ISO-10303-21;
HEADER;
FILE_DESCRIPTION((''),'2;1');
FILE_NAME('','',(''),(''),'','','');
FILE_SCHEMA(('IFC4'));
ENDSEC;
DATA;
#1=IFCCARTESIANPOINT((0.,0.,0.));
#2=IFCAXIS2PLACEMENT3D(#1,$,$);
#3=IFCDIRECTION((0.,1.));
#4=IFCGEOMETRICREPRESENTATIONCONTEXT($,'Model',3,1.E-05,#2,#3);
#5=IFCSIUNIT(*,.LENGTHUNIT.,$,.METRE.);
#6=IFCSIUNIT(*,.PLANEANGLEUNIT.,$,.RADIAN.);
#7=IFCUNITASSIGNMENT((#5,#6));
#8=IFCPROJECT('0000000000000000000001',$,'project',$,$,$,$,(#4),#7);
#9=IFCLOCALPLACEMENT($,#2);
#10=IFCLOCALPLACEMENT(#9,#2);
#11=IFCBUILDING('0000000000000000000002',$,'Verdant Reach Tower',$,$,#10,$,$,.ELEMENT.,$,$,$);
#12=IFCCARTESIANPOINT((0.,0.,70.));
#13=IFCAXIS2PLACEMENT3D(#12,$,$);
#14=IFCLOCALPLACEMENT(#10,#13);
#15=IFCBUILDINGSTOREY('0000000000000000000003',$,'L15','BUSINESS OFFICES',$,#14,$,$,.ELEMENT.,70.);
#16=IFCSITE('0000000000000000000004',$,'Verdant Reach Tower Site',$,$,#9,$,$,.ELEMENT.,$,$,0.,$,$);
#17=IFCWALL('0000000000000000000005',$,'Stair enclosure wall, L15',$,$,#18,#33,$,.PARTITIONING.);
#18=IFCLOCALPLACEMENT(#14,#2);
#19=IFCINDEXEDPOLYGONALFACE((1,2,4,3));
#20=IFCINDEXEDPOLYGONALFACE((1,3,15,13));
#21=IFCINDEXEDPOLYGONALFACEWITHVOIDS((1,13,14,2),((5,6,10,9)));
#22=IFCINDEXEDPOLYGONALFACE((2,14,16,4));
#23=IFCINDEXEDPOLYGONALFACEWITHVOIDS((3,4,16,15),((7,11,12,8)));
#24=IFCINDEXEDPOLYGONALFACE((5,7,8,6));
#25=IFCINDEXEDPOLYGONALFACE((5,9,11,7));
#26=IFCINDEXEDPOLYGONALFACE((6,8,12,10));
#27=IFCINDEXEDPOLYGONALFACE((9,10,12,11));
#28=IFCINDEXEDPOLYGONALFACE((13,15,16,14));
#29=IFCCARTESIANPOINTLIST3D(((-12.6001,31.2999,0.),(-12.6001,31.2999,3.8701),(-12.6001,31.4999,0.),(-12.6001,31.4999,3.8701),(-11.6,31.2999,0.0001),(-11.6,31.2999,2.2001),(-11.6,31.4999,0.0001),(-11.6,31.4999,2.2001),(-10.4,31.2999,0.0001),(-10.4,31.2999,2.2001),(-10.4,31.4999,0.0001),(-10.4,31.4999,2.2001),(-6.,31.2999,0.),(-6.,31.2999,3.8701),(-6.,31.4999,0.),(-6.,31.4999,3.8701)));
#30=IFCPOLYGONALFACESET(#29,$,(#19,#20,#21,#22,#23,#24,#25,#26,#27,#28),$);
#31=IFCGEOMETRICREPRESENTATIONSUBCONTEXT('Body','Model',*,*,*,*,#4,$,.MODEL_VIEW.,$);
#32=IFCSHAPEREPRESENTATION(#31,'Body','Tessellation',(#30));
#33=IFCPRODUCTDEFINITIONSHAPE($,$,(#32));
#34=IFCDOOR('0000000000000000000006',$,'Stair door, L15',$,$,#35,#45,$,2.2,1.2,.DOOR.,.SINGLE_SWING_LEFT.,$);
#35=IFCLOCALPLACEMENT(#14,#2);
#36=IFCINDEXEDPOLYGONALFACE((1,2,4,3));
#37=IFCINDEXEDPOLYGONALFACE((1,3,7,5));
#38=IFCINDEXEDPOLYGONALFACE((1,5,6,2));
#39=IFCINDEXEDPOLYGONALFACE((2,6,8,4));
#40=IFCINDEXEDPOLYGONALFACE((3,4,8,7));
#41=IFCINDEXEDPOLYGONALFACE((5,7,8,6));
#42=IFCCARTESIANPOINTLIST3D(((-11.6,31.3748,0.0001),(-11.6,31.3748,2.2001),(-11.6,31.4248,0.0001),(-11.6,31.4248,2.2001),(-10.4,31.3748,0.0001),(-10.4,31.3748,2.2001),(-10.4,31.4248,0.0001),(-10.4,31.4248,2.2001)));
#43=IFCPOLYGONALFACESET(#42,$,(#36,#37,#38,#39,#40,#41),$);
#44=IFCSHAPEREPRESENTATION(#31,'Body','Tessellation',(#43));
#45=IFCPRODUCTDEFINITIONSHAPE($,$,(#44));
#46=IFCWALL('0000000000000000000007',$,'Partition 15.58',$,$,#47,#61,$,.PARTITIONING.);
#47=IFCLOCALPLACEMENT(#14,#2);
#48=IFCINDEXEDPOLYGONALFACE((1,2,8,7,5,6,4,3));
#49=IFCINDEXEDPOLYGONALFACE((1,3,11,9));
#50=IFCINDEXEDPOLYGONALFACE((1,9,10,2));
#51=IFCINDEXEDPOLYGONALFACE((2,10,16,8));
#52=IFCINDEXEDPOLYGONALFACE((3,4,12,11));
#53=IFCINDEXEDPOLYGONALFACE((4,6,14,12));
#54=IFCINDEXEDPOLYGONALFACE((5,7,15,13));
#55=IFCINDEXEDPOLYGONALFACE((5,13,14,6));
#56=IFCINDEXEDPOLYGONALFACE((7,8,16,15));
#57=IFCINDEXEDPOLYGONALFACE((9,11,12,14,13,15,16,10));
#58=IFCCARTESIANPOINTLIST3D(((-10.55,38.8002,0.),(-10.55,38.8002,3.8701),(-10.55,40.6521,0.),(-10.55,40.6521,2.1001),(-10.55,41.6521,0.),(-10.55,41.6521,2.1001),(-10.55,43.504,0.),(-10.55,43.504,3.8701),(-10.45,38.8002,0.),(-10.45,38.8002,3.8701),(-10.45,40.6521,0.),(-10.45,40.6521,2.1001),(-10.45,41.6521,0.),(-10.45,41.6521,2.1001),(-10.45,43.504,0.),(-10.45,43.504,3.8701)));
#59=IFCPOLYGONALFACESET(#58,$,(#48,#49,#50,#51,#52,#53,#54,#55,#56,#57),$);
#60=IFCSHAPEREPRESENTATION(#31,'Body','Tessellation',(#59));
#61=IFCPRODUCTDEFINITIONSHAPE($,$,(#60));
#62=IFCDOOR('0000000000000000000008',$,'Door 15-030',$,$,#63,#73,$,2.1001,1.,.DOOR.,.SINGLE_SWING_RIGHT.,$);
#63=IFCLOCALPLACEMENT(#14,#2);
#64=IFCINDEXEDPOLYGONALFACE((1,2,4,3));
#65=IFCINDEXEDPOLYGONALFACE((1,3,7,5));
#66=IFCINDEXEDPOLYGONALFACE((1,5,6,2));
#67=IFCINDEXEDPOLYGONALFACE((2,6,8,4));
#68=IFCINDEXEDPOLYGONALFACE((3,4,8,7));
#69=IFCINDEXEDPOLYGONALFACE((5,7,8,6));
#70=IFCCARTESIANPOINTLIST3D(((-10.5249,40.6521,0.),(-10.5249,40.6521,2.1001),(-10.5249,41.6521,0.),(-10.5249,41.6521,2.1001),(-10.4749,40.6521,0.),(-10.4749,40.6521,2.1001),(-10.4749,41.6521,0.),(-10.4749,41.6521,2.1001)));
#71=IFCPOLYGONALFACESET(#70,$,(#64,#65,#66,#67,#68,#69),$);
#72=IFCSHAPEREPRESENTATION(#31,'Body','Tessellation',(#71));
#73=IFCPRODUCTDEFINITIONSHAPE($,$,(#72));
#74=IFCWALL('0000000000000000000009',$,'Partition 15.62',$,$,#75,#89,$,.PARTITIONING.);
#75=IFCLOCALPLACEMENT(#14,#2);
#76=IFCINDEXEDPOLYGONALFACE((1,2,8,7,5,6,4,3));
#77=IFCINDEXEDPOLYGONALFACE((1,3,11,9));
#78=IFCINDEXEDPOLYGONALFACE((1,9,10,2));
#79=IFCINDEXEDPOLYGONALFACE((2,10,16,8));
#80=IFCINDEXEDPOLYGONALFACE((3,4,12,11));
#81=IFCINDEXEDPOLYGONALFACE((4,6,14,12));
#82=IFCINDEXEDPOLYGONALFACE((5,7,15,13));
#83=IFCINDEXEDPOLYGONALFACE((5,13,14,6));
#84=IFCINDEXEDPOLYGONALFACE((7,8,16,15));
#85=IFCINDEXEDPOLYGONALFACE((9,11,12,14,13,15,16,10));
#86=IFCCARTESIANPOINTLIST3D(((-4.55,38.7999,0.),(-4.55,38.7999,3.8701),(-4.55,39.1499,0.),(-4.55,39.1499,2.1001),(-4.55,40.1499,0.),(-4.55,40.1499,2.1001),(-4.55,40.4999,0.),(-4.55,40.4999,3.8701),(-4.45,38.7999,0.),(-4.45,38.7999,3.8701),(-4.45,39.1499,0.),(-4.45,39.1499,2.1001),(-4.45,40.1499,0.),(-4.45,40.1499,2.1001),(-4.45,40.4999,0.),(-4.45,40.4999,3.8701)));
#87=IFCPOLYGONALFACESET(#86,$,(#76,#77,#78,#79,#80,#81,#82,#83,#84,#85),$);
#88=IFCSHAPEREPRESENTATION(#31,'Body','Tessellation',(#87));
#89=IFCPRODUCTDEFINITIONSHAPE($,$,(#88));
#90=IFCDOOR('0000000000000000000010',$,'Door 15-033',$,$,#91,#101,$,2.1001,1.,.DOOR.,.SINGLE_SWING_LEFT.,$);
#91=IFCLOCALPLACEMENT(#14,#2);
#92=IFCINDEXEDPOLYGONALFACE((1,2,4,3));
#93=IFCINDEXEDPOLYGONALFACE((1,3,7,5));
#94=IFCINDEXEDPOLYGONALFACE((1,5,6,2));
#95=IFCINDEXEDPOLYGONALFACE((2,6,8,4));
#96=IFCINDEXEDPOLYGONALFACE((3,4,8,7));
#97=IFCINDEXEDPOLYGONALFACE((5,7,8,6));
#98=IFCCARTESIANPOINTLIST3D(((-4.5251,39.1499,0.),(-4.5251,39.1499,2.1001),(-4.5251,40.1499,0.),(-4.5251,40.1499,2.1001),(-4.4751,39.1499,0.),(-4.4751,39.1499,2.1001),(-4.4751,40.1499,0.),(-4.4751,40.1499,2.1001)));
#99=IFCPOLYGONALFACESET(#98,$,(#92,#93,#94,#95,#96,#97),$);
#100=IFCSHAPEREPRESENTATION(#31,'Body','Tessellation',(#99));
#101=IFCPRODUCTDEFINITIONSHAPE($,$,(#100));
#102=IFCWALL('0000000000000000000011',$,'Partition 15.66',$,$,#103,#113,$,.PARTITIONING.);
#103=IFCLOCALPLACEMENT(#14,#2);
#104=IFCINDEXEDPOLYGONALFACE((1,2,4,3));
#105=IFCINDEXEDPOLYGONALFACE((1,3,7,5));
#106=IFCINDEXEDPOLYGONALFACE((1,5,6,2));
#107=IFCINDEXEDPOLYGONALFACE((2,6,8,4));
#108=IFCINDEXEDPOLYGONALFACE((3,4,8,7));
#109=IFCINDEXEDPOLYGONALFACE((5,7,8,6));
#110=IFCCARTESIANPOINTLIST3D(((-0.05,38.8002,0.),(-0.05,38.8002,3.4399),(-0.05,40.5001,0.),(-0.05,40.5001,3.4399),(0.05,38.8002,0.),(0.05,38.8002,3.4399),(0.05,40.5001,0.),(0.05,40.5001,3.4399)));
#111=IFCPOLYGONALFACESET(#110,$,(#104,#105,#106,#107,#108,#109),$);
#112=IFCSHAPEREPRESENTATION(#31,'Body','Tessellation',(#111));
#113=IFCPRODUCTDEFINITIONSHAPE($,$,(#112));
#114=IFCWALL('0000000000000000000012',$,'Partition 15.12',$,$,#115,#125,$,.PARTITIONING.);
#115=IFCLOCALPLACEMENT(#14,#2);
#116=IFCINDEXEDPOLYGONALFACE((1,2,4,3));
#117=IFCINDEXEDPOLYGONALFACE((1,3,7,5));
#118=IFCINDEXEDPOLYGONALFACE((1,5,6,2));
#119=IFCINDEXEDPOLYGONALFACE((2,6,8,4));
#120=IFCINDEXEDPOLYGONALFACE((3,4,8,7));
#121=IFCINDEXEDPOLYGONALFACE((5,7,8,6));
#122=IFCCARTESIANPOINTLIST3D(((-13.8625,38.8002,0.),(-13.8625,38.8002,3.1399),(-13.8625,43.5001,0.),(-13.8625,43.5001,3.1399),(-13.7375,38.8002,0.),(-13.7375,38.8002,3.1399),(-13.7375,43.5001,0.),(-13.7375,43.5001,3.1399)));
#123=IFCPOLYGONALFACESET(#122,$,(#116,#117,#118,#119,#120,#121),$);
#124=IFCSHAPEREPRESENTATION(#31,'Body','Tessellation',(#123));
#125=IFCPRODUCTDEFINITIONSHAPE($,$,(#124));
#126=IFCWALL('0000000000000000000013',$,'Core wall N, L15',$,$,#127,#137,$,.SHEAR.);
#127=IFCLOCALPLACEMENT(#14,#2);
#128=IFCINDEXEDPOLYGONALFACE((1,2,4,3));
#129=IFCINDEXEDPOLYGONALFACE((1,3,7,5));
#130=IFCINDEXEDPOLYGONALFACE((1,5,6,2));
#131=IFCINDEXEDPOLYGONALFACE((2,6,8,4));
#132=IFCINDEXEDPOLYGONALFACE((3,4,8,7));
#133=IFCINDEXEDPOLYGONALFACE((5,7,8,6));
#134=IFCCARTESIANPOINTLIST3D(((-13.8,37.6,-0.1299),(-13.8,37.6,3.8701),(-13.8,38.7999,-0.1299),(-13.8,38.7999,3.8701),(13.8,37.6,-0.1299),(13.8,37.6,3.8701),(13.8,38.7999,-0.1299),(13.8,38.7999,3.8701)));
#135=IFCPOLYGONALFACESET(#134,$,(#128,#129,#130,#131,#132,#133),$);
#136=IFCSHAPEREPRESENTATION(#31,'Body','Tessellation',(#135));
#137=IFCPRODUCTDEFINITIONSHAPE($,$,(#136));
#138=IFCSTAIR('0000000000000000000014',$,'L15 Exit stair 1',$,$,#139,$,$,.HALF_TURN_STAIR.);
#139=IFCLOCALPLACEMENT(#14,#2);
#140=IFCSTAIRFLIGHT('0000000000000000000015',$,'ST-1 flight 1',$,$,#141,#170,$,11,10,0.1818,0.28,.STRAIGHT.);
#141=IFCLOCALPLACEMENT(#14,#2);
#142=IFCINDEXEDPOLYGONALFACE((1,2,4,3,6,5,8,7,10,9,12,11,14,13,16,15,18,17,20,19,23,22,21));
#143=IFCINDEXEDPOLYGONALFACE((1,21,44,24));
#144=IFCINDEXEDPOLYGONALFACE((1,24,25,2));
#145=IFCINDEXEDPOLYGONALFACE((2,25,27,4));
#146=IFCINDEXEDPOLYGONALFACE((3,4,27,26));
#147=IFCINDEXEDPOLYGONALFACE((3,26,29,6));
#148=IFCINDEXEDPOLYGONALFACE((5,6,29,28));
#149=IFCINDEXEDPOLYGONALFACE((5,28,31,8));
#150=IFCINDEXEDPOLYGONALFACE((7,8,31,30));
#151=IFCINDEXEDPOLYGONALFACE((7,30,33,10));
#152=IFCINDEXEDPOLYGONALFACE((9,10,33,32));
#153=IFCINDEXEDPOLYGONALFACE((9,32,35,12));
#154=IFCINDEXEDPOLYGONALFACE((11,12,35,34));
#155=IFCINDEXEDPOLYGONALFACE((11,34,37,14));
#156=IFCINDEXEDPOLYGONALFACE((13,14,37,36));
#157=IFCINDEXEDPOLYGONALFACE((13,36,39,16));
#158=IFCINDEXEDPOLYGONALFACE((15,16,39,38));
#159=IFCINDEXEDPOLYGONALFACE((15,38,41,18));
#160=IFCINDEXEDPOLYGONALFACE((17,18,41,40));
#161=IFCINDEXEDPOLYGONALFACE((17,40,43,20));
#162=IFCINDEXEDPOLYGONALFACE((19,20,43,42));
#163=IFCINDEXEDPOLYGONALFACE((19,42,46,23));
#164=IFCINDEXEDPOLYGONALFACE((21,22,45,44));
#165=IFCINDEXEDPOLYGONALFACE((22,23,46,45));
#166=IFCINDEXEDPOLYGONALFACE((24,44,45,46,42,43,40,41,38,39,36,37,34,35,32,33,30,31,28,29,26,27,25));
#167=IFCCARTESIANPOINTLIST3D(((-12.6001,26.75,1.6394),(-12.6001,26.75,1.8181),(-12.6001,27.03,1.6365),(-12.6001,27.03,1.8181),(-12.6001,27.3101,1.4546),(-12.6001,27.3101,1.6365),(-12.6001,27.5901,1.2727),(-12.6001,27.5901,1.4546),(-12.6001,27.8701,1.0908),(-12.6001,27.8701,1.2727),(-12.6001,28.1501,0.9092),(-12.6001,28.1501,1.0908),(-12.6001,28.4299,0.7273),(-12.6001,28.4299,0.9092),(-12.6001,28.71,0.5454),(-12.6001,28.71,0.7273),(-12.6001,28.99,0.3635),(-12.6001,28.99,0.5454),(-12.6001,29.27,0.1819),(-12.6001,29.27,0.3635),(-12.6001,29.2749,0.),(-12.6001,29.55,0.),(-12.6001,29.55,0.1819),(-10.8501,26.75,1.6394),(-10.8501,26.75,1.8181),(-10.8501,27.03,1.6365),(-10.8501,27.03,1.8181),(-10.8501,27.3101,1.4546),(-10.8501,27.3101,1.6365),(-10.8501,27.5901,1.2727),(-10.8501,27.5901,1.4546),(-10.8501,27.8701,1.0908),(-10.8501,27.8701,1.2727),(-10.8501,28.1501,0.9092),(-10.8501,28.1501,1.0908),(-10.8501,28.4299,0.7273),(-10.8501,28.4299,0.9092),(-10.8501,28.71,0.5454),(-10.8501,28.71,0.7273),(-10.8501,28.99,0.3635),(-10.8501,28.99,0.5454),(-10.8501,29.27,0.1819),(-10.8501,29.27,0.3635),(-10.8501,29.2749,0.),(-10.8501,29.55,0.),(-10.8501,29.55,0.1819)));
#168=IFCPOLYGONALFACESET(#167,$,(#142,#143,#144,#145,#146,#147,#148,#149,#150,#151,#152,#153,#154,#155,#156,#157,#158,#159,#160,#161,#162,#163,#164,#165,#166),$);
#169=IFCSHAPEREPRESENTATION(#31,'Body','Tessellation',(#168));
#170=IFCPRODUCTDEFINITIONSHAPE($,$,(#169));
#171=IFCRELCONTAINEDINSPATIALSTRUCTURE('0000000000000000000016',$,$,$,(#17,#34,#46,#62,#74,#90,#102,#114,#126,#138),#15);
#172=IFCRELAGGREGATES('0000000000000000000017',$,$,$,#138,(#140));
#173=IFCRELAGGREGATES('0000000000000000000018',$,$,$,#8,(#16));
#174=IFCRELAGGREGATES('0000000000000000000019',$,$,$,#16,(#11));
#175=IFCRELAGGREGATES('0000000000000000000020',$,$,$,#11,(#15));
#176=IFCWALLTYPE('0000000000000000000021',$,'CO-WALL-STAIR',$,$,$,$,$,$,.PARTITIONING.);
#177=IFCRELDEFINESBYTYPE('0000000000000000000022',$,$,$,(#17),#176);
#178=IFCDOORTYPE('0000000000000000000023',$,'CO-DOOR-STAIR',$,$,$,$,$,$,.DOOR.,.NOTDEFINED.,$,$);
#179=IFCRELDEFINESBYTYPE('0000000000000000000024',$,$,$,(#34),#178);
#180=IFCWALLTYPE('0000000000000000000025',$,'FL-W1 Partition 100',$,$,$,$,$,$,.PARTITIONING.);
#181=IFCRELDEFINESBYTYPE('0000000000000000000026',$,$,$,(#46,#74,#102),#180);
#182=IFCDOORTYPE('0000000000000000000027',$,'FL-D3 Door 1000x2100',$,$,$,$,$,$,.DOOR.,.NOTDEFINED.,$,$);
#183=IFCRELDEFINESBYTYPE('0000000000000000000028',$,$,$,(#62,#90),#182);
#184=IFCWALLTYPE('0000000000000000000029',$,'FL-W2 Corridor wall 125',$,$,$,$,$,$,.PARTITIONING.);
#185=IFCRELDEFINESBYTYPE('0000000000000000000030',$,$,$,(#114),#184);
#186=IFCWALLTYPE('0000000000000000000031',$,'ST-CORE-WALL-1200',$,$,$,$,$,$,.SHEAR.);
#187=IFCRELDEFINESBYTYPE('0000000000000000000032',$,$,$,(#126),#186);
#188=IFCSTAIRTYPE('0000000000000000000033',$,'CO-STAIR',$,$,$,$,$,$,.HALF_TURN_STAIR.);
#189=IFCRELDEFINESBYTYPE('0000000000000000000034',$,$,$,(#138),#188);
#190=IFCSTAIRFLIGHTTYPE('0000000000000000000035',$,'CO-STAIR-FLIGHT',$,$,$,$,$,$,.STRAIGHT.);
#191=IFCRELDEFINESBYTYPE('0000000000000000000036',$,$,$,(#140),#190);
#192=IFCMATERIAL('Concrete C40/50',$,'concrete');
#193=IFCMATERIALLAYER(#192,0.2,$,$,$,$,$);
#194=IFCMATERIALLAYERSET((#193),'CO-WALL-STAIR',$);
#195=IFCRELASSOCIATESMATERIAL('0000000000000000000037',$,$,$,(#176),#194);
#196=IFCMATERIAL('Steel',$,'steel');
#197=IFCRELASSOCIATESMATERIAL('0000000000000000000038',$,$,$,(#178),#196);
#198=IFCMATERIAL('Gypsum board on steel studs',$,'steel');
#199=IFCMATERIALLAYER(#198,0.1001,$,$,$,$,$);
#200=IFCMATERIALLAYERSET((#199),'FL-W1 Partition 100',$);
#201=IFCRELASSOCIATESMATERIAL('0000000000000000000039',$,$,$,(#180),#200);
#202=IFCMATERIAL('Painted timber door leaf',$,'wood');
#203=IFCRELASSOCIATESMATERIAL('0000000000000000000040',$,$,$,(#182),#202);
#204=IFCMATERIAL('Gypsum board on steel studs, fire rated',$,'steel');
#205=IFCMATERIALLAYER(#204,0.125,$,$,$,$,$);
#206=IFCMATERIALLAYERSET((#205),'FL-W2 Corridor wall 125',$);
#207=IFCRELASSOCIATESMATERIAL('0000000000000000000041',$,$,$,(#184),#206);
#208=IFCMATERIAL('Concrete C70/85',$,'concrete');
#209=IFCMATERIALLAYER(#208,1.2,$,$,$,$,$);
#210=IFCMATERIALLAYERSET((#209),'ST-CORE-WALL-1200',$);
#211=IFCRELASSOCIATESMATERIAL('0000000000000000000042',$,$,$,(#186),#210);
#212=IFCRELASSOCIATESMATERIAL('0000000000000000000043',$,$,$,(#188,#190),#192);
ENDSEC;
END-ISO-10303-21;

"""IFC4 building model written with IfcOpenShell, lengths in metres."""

from ifc_helpers import new_model, si_unit, direction, frame, frame_2d, origin, place, context, subcontext, project, spatial, polyline, rectangle, outline, extrude, material, layer, layer_set, type_object, element, fill, aggregate, save


model = new_model("IFC4")

# Units and contexts
model_context = context("Model", 3, precision=1e-05, world=origin(), true_north=direction((0.0, 1.0)))
body_context = subcontext(model_context, "Body", "Model", "MODEL_VIEW")
ifc_project = project(units=[si_unit("LENGTHUNIT", "METRE"), si_unit("PLANEANGLEUNIT", "RADIAN")], contexts=[model_context])

# Site, building, storey
site_placement = place(None, origin())
site = spatial("IfcSite", under=ifc_project, at=site_placement, Name="Verdant Reach Tower Site", CompositionType="ELEMENT", RefElevation=0.0)
building_placement = place(site_placement, origin())
building = spatial("IfcBuilding", under=site, at=building_placement, Name="Verdant Reach Tower", CompositionType="ELEMENT")
storey_placement = place(building_placement, frame((0.0, 0.0, 70.0)))
storey = spatial("IfcBuildingStorey", under=building, at=storey_placement, Name="L15", Description="BUSINESS OFFICES", CompositionType="ELEMENT", Elevation=70.0)

# Shared definitions
ifc_material_1 = material(Name="Concrete C40/50", Category="concrete")

# Shared definitions
ifc_material_2 = material(Name="Steel", Category="steel")

# Walls, openings, doors
ifc_layer_1 = layer(ifc_material_1, 0.2)
ifc_layer_set_1 = layer_set([ifc_layer_1], Name="CO-WALL-STAIR")
wall_type_1 = type_object("IfcWallType", Name="CO-WALL-STAIR", PredefinedType="PARTITIONING", material=ifc_layer_set_1)
wall_1_placement = place(storey_placement, frame((-12.6001, 31.3999, 0.0), z_axis=(0.0, 0.0, 1.0), x_axis=(1.0, 0.0, 0.0)))
wall_1 = element("IfcWall", 1, at=wall_1_placement, inside=storey, type_object=wall_type_1, Name="Stair enclosure wall, L15", PredefinedType="PARTITIONING", context=body_context, shape_type="SweptSolid", body=[
    extrude(rectangle(XDim=6.6001, YDim=0.2, at=frame_2d((3.3, 0.0))), origin(), (0.0, 0.0, 1.0), 3.8701),
])
opening_1_placement = place(wall_1_placement, frame((1.0, 0.0, 0.0)))
opening_1 = element("IfcOpeningElement", 2, at=opening_1_placement, cuts=wall_1, PredefinedType="OPENING", context=body_context, shape_type="SweptSolid", body=[
    extrude(rectangle(XDim=1.2, YDim=2.2, at=frame_2d((0.6001, 1.1001))), frame((0.0, 0.1099, 0.0), z_axis=(0.0, -1.0, 0.0), x_axis=(1.0, 0.0, 0.0)), (0.0, 0.0, 1.0), 0.22),
])
door_type_1 = type_object("IfcDoorType", Name="CO-DOOR-STAIR", OperationType="NOTDEFINED", PredefinedType="DOOR", material=ifc_material_2)
door_1_placement = place(opening_1_placement, origin())
door_1 = element("IfcDoor", 3, at=door_1_placement, inside=storey, type_object=door_type_1, Name="Stair door, L15", OperationType="SINGLE_SWING_LEFT", OverallHeight=2.2, OverallWidth=1.2, PredefinedType="DOOR", context=body_context, shape_type="SweptSolid", body=[
    extrude(rectangle(XDim=1.2, YDim=2.2, at=frame_2d((0.6001, 1.1001))), frame((0.0, 0.0249, 0.0), z_axis=(0.0, -1.0, 0.0), x_axis=(1.0, 0.0, 0.0)), (0.0, 0.0, 1.0), 0.05),
])
fill(opening_1, door_1)
ifc_material_3 = material(Name="Gypsum board on steel studs", Category="steel")
ifc_layer_2 = layer(ifc_material_3, 0.1001)
ifc_layer_set_2 = layer_set([ifc_layer_2], Name="FL-W1 Partition 100")
wall_type_2 = type_object("IfcWallType", Name="FL-W1 Partition 100", PredefinedType="PARTITIONING", material=ifc_layer_set_2)
wall_2_placement = place(storey_placement, frame((-10.5, 38.8, 0.0), z_axis=(0.0, 0.0, 1.0), x_axis=(0.0, 1.0, 0.0)))
wall_2 = element("IfcWall", 4, at=wall_2_placement, inside=storey, type_object=wall_type_2, Name="Partition 15.58", PredefinedType="PARTITIONING", context=body_context, shape_type="SweptSolid", body=[
    extrude(rectangle(XDim=4.7039, YDim=0.1001, at=frame_2d((2.3521, 0.0))), origin(), (0.0, 0.0, 1.0), 3.8701),
])
opening_2_placement = place(wall_2_placement, frame((1.8521, 0.0, 0.0)))
opening_2 = element("IfcOpeningElement", 5, at=opening_2_placement, cuts=wall_2, PredefinedType="OPENING", context=body_context, shape_type="SweptSolid", body=[
    extrude(rectangle(XDim=1.0, YDim=2.1001, at=frame_2d((0.5, 1.05))), frame((0.0, 0.0601, 0.0), z_axis=(0.0, -1.0, 0.0), x_axis=(1.0, 0.0, 0.0)), (0.0, 0.0, 1.0), 0.1201),
])
ifc_material_4 = material(Name="Painted timber door leaf", Category="wood")
door_type_2 = type_object("IfcDoorType", Name="FL-D3 Door 1000x2100", OperationType="NOTDEFINED", PredefinedType="DOOR", material=ifc_material_4)
door_2_placement = place(opening_2_placement, origin())
door_2 = element("IfcDoor", 6, at=door_2_placement, inside=storey, type_object=door_type_2, Name="Door 15-030", OperationType="SINGLE_SWING_RIGHT", OverallHeight=2.1001, OverallWidth=1.0, PredefinedType="DOOR", context=body_context, shape_type="SweptSolid", body=[
    extrude(rectangle(XDim=1.0, YDim=2.1001, at=frame_2d((0.5, 1.05))), frame((0.0, 0.0249, 0.0), z_axis=(0.0, -1.0, 0.0), x_axis=(1.0, 0.0, 0.0)), (0.0, 0.0, 1.0), 0.05),
])
fill(opening_2, door_2)
wall_3_placement = place(storey_placement, frame((-4.5, 40.5, 0.0), z_axis=(0.0, 0.0, 1.0), x_axis=(0.0, -1.0, 0.0)))
wall_3 = element("IfcWall", 7, at=wall_3_placement, inside=storey, type_object=wall_type_2, Name="Partition 15.62", PredefinedType="PARTITIONING", context=body_context, shape_type="SweptSolid", body=[
    extrude(rectangle(XDim=1.7, YDim=0.1001, at=frame_2d((0.8501, 0.0))), origin(), (0.0, 0.0, 1.0), 3.8701),
])
opening_3_placement = place(wall_3_placement, frame((0.3501, 0.0, 0.0)))
opening_3 = element("IfcOpeningElement", 8, at=opening_3_placement, cuts=wall_3, PredefinedType="OPENING", context=body_context, shape_type="SweptSolid", body=[
    extrude(rectangle(XDim=1.0, YDim=2.1001, at=frame_2d((0.5, 1.05))), frame((0.0, 0.0601, 0.0), z_axis=(0.0, -1.0, 0.0), x_axis=(1.0, 0.0, 0.0)), (0.0, 0.0, 1.0), 0.1201),
])
door_3_placement = place(opening_3_placement, origin())
door_3 = element("IfcDoor", 9, at=door_3_placement, inside=storey, type_object=door_type_2, Name="Door 15-033", OperationType="SINGLE_SWING_LEFT", OverallHeight=2.1001, OverallWidth=1.0, PredefinedType="DOOR", context=body_context, shape_type="SweptSolid", body=[
    extrude(rectangle(XDim=1.0, YDim=2.1001, at=frame_2d((0.5, 1.05))), frame((0.0, 0.0249, 0.0), z_axis=(0.0, -1.0, 0.0), x_axis=(1.0, 0.0, 0.0)), (0.0, 0.0, 1.0), 0.05),
])
fill(opening_3, door_3)

# Walls
wall_4_placement = place(storey_placement, frame((0.0, 38.8, 0.0), z_axis=(0.0, 0.0, 1.0), x_axis=(0.0, 1.0, 0.0)))
element("IfcWall", 10, at=wall_4_placement, inside=storey, type_object=wall_type_2, Name="Partition 15.66", PredefinedType="PARTITIONING", context=body_context, shape_type="SweptSolid", body=[
    extrude(rectangle(XDim=1.7, YDim=0.1001, at=frame_2d((0.8501, 0.0))), origin(), (0.0, 0.0, 1.0), 3.4399),
])
ifc_material_5 = material(Name="Gypsum board on steel studs, fire rated", Category="steel")
ifc_layer_3 = layer(ifc_material_5, 0.125)
ifc_layer_set_3 = layer_set([ifc_layer_3], Name="FL-W2 Corridor wall 125")
wall_type_3 = type_object("IfcWallType", Name="FL-W2 Corridor wall 125", PredefinedType="PARTITIONING", material=ifc_layer_set_3)
wall_5_placement = place(storey_placement, frame((-13.8, 38.8, 0.0), z_axis=(0.0, 0.0, 1.0), x_axis=(0.0, 1.0, 0.0)))
element("IfcWall", 11, at=wall_5_placement, inside=storey, type_object=wall_type_3, Name="Partition 15.12", PredefinedType="PARTITIONING", context=body_context, shape_type="SweptSolid", body=[
    extrude(rectangle(XDim=4.7, YDim=0.125, at=frame_2d((2.3501, 0.0))), origin(), (0.0, 0.0, 1.0), 3.1399),
])
ifc_material_6 = material(Name="Concrete C70/85", Category="concrete")
ifc_layer_4 = layer(ifc_material_6, 1.2)
ifc_layer_set_4 = layer_set([ifc_layer_4], Name="ST-CORE-WALL-1200")
wall_type_4 = type_object("IfcWallType", Name="ST-CORE-WALL-1200", PredefinedType="SHEAR", material=ifc_layer_set_4)
wall_6_placement = place(storey_placement, frame((-13.8, 38.2, -0.1299), z_axis=(0.0, 0.0, 1.0), x_axis=(1.0, 0.0, 0.0)))
element("IfcWall", 12, at=wall_6_placement, inside=storey, type_object=wall_type_4, Name="Core wall N, L15", PredefinedType="SHEAR", context=body_context, shape_type="SweptSolid", body=[
    extrude(rectangle(XDim=27.6001, YDim=1.2, at=frame_2d((13.8, 0.0))), origin(), (0.0, 0.0, 1.0), 4.0),
])

# Stair, stair flight
stair_type = type_object("IfcStairType", Name="CO-STAIR", PredefinedType="HALF_TURN_STAIR", material=ifc_material_1)
stair_placement = place(storey_placement, origin())
stair = element("IfcStair", 13, at=stair_placement, inside=storey, type_object=stair_type, Name="L15 Exit stair 1", PredefinedType="HALF_TURN_STAIR")
stair_flight_type = type_object("IfcStairFlightType", Name="CO-STAIR-FLIGHT", PredefinedType="STRAIGHT", material=ifc_material_1)
stair_flight_placement = place(storey_placement, frame((-11.7251, 29.55, 0.0), z_axis=(0.0, 0.0, 1.0), x_axis=(0.0, -1.0, 0.0)))
stair_flight = element("IfcStairFlight", 14, at=stair_flight_placement, type_object=stair_flight_type, Name="ST-1 flight 1", NumberOfRisers=11, NumberOfTreads=10, PredefinedType="STRAIGHT", RiserHeight=0.1818, TreadLength=0.28, context=body_context, shape_type="SweptSolid", body=[
    extrude(outline(polyline([(0.0, 0.0), (0.0, 0.1819), (0.28, 0.1819), (0.28, 0.3635), (0.5601, 0.3635), (0.5601, 0.5454), (0.8401, 0.5454), (0.8401, 0.7273), (1.1201, 0.7273), (1.1201, 0.9092), (1.3999, 0.9092), (1.3999, 1.0908), (1.6799, 1.0908), (1.6799, 1.2727), (1.96, 1.2727), (1.96, 1.4546), (2.24, 1.4546), (2.24, 1.6365), (2.52, 1.6365), (2.52, 1.8181), (2.8, 1.8181), (2.8, 2.0), (2.8, 1.6394), (0.2751, 0.0), (0.0, 0.0)])), frame((0.0, 0.875, 0.0), z_axis=(0.0, -1.0, 0.0), x_axis=(1.0, 0.0, 0.0)), (0.0, 0.0, 1.0), 1.75),
])
aggregate(stair, [stair_flight])

save(model, "model.ifc")
